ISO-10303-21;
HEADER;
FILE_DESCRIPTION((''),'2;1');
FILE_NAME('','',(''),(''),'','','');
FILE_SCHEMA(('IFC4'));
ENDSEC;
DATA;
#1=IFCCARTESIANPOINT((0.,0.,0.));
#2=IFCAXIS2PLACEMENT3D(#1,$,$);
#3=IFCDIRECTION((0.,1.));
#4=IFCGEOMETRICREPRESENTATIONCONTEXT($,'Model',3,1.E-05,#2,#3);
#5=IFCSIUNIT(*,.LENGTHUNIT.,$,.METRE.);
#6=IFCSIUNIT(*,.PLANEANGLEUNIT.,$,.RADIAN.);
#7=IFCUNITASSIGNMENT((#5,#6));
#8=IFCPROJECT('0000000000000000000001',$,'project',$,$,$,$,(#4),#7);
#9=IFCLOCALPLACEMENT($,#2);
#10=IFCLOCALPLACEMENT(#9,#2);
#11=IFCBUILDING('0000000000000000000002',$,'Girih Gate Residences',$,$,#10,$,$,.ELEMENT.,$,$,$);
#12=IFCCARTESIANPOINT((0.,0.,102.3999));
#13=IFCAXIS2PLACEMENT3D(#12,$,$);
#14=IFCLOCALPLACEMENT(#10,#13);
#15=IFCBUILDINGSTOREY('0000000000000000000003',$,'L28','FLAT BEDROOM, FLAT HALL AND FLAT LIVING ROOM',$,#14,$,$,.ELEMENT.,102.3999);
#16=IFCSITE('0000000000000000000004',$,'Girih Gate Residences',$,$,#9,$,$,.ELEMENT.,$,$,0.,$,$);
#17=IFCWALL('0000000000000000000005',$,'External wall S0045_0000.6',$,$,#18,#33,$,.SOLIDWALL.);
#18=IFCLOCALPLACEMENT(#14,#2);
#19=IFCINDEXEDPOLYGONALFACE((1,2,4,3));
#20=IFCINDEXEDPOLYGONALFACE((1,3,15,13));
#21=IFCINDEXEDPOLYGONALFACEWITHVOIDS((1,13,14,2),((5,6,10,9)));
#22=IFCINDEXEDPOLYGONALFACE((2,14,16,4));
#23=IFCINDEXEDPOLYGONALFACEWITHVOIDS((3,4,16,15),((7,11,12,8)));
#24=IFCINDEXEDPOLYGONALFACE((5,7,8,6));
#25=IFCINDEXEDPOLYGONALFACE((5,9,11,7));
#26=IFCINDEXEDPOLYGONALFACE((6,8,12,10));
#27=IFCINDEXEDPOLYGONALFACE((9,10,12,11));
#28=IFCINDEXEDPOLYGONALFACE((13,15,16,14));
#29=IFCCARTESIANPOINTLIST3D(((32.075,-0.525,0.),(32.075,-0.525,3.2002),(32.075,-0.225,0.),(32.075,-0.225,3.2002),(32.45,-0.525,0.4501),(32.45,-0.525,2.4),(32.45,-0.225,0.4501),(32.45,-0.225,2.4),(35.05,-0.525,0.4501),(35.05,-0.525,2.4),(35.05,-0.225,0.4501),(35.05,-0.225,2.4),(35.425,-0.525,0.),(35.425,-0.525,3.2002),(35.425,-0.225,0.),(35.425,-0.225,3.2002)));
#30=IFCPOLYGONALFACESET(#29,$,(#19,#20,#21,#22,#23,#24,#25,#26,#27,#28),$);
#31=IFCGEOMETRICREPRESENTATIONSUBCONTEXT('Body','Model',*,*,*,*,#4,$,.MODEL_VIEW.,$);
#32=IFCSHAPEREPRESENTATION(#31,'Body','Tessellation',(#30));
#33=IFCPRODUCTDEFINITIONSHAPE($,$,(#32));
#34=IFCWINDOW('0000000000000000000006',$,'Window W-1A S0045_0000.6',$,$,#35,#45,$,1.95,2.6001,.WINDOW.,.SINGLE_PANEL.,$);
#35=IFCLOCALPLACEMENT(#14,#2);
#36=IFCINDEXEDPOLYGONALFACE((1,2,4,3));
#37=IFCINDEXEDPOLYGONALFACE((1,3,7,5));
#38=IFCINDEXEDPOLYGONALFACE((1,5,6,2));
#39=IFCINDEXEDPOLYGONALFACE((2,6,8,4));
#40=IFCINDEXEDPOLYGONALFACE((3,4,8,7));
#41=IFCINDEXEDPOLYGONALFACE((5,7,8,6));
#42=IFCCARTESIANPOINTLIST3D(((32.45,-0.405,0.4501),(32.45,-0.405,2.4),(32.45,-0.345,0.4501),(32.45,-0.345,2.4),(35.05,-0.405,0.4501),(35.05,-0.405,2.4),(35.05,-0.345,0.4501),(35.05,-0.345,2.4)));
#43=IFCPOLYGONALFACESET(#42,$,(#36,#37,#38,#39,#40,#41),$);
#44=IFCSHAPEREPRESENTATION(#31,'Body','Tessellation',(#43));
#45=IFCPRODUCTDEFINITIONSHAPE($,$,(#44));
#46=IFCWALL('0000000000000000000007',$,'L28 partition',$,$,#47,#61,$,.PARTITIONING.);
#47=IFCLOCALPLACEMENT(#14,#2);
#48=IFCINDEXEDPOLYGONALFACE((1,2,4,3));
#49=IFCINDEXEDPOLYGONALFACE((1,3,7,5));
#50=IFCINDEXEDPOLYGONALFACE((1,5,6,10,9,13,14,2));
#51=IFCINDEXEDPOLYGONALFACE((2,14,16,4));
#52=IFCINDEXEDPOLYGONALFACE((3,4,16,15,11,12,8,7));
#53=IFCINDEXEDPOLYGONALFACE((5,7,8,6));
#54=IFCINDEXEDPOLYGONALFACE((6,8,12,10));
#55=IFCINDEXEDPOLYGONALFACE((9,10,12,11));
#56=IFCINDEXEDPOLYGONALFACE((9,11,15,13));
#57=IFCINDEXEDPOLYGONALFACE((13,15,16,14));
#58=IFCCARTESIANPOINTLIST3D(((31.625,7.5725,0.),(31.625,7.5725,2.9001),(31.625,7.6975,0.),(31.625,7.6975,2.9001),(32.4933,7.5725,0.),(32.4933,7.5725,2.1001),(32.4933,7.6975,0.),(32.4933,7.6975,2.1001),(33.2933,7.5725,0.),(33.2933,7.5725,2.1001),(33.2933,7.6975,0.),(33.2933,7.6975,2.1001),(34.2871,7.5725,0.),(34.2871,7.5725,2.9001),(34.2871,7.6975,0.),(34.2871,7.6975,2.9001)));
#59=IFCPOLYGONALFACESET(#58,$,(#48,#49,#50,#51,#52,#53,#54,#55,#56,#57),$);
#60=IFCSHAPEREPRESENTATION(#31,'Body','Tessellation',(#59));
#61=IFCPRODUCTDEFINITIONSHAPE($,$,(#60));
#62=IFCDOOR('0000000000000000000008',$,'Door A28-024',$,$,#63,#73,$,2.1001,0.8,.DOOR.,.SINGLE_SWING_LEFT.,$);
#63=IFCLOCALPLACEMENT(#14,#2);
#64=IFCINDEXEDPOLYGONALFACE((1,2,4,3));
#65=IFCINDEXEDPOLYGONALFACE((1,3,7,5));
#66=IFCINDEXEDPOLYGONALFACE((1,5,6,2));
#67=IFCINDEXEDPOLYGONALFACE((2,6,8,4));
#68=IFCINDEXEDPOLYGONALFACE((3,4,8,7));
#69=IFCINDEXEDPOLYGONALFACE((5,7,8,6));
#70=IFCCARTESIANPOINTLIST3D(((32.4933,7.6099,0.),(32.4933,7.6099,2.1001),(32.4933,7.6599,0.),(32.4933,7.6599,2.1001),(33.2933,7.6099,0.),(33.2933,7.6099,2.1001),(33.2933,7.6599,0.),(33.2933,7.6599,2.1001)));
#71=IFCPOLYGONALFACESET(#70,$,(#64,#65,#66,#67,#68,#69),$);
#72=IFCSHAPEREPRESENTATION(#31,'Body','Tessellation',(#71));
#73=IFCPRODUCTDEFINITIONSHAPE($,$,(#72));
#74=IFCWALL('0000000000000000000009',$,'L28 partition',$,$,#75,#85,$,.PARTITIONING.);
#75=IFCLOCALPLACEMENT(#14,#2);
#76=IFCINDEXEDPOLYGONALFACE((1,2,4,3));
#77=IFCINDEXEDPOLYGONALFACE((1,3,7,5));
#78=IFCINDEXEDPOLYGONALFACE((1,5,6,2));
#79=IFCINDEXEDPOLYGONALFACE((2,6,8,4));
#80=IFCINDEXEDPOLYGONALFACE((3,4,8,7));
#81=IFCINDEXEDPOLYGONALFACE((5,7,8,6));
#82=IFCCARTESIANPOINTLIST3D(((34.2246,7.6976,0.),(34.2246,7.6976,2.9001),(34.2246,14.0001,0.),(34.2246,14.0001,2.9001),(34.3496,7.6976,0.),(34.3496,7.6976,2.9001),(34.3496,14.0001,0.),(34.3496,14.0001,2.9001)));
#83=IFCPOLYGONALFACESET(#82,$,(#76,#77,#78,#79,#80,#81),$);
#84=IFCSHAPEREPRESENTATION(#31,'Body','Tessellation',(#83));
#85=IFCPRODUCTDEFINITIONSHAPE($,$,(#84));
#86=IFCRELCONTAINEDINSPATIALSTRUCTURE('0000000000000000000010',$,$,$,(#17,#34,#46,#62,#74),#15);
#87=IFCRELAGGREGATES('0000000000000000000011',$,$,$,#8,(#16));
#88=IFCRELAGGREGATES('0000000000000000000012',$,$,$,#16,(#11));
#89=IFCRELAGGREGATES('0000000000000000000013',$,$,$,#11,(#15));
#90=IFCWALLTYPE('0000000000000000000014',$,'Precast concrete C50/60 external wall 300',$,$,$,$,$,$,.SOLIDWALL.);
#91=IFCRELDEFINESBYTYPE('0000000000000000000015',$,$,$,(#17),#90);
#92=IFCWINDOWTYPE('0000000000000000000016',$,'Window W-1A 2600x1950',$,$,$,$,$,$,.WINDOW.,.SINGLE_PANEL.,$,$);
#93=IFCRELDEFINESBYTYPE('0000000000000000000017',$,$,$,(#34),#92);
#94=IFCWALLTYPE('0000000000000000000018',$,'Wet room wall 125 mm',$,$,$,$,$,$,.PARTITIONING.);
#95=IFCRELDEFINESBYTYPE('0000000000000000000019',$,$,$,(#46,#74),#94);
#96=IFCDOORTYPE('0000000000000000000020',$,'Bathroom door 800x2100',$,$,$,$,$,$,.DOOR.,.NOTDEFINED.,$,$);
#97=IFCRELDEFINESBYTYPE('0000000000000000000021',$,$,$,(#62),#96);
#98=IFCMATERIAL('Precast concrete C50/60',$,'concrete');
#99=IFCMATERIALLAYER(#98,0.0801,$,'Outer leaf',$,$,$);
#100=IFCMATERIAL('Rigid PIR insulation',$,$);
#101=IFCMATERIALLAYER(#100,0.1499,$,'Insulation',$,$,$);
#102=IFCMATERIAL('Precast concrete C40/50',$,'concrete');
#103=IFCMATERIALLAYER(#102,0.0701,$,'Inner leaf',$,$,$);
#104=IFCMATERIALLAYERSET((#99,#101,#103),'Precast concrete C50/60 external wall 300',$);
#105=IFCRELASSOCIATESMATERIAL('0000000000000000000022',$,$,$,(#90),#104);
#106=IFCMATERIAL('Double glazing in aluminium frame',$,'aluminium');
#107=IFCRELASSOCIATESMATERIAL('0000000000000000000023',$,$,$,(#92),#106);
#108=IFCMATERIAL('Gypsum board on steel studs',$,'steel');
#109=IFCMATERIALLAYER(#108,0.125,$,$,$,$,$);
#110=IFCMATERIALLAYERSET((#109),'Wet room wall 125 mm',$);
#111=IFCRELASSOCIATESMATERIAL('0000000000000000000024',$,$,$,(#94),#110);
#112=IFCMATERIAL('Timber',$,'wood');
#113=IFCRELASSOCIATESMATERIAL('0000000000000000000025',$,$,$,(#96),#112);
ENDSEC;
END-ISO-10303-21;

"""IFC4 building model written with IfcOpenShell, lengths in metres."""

from ifc_helpers import new_model, si_unit, direction, frame, frame_2d, origin, place, context, subcontext, project, spatial, rectangle, extrude, material, layer, layer_set, type_object, element, fill, save


model = new_model("IFC4")

# Units and contexts
model_context = context("Model", 3, precision=1e-05, world=origin(), true_north=direction((0.0, 1.0)))
body_context = subcontext(model_context, "Body", "Model", "MODEL_VIEW")
ifc_project = project(units=[si_unit("LENGTHUNIT", "METRE"), si_unit("PLANEANGLEUNIT", "RADIAN")], contexts=[model_context])

# Site, building, storey
site_placement = place(None, origin())
site = spatial("IfcSite", under=ifc_project, at=site_placement, Name="Girih Gate Residences", CompositionType="ELEMENT", RefElevation=0.0)
building_placement = place(site_placement, origin())
building = spatial("IfcBuilding", under=site, at=building_placement, Name="Girih Gate Residences", CompositionType="ELEMENT")
storey_placement = place(building_placement, frame((0.0, 0.0, 102.3999)))
storey = spatial("IfcBuildingStorey", under=building, at=storey_placement, Name="L28", Description="FLAT BEDROOM, FLAT HALL AND FLAT LIVING ROOM", CompositionType="ELEMENT", Elevation=102.3999)

# Shared definitions
ifc_material_1 = material(Name="Gypsum board on steel studs", Category="steel")

# Shared definitions
ifc_material_2 = material(Name="Timber", Category="wood")

# Wall, opening, window
ifc_material_3 = material(Name="Precast concrete C50/60", Category="concrete")
ifc_layer_1 = layer(ifc_material_3, 0.0801, Name="Outer leaf")
ifc_material_4 = material(Name="Rigid PIR insulation")
ifc_layer_2 = layer(ifc_material_4, 0.1499, Name="Insulation")
ifc_material_5 = material(Name="Precast concrete C40/50", Category="concrete")
ifc_layer_3 = layer(ifc_material_5, 0.0701, Name="Inner leaf")
ifc_layer_set_1 = layer_set([ifc_layer_1, ifc_layer_2, ifc_layer_3], Name="Precast concrete C50/60 external wall 300")
wall_type_1 = type_object("IfcWallType", Name="Precast concrete C50/60 external wall 300", PredefinedType="SOLIDWALL", material=ifc_layer_set_1)
ifc_material_6 = material(Name="Double glazing in aluminium frame", Category="aluminium")
window_type = type_object("IfcWindowType", Name="Window W-1A 2600x1950", PartitioningType="SINGLE_PANEL", PredefinedType="WINDOW", material=ifc_material_6)
wall_1_placement = place(storey_placement, frame((35.425, -0.375, 0.0), z_axis=(0.0, 0.0, 1.0), x_axis=(-1.0, 0.0, 0.0)))
wall_1 = element("IfcWall", 1, at=wall_1_placement, inside=storey, type_object=wall_type_1, Name="External wall S0045_0000.6", PredefinedType="SOLIDWALL", context=body_context, shape_type="SweptSolid", body=[
    extrude(rectangle(XDim=3.3501, YDim=0.3, at=frame_2d((1.675, 0.0))), origin(), (0.0, 0.0, 1.0), 3.2002),
])
opening_1_placement = place(wall_1_placement, frame((0.375, 0.0, 0.45)))
opening_1 = element("IfcOpeningElement", 2, at=opening_1_placement, cuts=wall_1, PredefinedType="OPENING", context=body_context, shape_type="SweptSolid", body=[
    extrude(rectangle(XDim=2.6001, YDim=1.95, at=frame_2d((1.3, 0.9751))), frame((0.0, 0.1599, 0.0), z_axis=(0.0, -1.0, 0.0), x_axis=(1.0, 0.0, 0.0)), (0.0, 0.0, 1.0), 0.3201),
])
window_1_placement = place(opening_1_placement, origin())
window_1 = element("IfcWindow", 3, at=window_1_placement, inside=storey, type_object=window_type, Name="Window W-1A S0045_0000.6", OverallHeight=1.95, OverallWidth=2.6001, PartitioningType="SINGLE_PANEL", PredefinedType="WINDOW", context=body_context, shape_type="SweptSolid", body=[
    extrude(rectangle(XDim=2.6001, YDim=1.95, at=frame_2d((1.3, 0.9751))), frame((0.0, 0.03, 0.0), z_axis=(0.0, -1.0, 0.0), x_axis=(1.0, 0.0, 0.0)), (0.0, 0.0, 1.0), 0.0601),
])
fill(opening_1, window_1)

# Wall, opening, door
ifc_layer_4 = layer(ifc_material_1, 0.125)
ifc_layer_set_2 = layer_set([ifc_layer_4], Name="Wet room wall 125 mm")
wall_type_2 = type_object("IfcWallType", Name="Wet room wall 125 mm", PredefinedType="PARTITIONING", material=ifc_layer_set_2)
wall_2_placement = place(storey_placement, frame((31.625, 7.635, 0.0), z_axis=(0.0, 0.0, 1.0), x_axis=(1.0, 0.0, 0.0)))
wall_2 = element("IfcWall", 4, at=wall_2_placement, inside=storey, type_object=wall_type_2, Name="L28 partition", PredefinedType="PARTITIONING", context=body_context, shape_type="SweptSolid", body=[
    extrude(rectangle(XDim=2.6621, YDim=0.125, at=frame_2d((1.3311, 0.0))), origin(), (0.0, 0.0, 1.0), 2.9001),
])
opening_2_placement = place(wall_2_placement, frame((0.8684, 0.0, 0.0)))
opening_2 = element("IfcOpeningElement", 5, at=opening_2_placement, cuts=wall_2, PredefinedType="OPENING", context=body_context, shape_type="SweptSolid", body=[
    extrude(rectangle(XDim=0.8, YDim=2.1001, at=frame_2d((0.3999, 1.05))), frame((0.0, 0.0725, 0.0), z_axis=(0.0, -1.0, 0.0), x_axis=(1.0, 0.0, 0.0)), (0.0, 0.0, 1.0), 0.145),
])
door_type_1 = type_object("IfcDoorType", Name="Bathroom door 800x2100", OperationType="NOTDEFINED", PredefinedType="DOOR", material=ifc_material_2)
door_1_placement = place(opening_2_placement, origin())
door_1 = element("IfcDoor", 6, at=door_1_placement, inside=storey, type_object=door_type_1, Name="Door A28-024", OperationType="SINGLE_SWING_LEFT", OverallHeight=2.1001, OverallWidth=0.8, PredefinedType="DOOR", context=body_context, shape_type="SweptSolid", body=[
    extrude(rectangle(XDim=0.8, YDim=2.1001, at=frame_2d((0.3999, 1.05))), frame((0.0, 0.0249, 0.0), z_axis=(0.0, -1.0, 0.0), x_axis=(1.0, 0.0, 0.0)), (0.0, 0.0, 1.0), 0.05),
])
fill(opening_2, door_1)

# Wall
wall_3_placement = place(storey_placement, frame((34.2871, 7.6975, 0.0), z_axis=(0.0, 0.0, 1.0), x_axis=(0.0, 1.0, 0.0)))
element("IfcWall", 7, at=wall_3_placement, inside=storey, type_object=wall_type_2, Name="L28 partition", PredefinedType="PARTITIONING", context=body_context, shape_type="SweptSolid", body=[
    extrude(rectangle(XDim=6.3025, YDim=0.125, at=frame_2d((3.1514, 0.0))), origin(), (0.0, 0.0, 1.0), 2.9001),
])

save(model, "model.ifc")
